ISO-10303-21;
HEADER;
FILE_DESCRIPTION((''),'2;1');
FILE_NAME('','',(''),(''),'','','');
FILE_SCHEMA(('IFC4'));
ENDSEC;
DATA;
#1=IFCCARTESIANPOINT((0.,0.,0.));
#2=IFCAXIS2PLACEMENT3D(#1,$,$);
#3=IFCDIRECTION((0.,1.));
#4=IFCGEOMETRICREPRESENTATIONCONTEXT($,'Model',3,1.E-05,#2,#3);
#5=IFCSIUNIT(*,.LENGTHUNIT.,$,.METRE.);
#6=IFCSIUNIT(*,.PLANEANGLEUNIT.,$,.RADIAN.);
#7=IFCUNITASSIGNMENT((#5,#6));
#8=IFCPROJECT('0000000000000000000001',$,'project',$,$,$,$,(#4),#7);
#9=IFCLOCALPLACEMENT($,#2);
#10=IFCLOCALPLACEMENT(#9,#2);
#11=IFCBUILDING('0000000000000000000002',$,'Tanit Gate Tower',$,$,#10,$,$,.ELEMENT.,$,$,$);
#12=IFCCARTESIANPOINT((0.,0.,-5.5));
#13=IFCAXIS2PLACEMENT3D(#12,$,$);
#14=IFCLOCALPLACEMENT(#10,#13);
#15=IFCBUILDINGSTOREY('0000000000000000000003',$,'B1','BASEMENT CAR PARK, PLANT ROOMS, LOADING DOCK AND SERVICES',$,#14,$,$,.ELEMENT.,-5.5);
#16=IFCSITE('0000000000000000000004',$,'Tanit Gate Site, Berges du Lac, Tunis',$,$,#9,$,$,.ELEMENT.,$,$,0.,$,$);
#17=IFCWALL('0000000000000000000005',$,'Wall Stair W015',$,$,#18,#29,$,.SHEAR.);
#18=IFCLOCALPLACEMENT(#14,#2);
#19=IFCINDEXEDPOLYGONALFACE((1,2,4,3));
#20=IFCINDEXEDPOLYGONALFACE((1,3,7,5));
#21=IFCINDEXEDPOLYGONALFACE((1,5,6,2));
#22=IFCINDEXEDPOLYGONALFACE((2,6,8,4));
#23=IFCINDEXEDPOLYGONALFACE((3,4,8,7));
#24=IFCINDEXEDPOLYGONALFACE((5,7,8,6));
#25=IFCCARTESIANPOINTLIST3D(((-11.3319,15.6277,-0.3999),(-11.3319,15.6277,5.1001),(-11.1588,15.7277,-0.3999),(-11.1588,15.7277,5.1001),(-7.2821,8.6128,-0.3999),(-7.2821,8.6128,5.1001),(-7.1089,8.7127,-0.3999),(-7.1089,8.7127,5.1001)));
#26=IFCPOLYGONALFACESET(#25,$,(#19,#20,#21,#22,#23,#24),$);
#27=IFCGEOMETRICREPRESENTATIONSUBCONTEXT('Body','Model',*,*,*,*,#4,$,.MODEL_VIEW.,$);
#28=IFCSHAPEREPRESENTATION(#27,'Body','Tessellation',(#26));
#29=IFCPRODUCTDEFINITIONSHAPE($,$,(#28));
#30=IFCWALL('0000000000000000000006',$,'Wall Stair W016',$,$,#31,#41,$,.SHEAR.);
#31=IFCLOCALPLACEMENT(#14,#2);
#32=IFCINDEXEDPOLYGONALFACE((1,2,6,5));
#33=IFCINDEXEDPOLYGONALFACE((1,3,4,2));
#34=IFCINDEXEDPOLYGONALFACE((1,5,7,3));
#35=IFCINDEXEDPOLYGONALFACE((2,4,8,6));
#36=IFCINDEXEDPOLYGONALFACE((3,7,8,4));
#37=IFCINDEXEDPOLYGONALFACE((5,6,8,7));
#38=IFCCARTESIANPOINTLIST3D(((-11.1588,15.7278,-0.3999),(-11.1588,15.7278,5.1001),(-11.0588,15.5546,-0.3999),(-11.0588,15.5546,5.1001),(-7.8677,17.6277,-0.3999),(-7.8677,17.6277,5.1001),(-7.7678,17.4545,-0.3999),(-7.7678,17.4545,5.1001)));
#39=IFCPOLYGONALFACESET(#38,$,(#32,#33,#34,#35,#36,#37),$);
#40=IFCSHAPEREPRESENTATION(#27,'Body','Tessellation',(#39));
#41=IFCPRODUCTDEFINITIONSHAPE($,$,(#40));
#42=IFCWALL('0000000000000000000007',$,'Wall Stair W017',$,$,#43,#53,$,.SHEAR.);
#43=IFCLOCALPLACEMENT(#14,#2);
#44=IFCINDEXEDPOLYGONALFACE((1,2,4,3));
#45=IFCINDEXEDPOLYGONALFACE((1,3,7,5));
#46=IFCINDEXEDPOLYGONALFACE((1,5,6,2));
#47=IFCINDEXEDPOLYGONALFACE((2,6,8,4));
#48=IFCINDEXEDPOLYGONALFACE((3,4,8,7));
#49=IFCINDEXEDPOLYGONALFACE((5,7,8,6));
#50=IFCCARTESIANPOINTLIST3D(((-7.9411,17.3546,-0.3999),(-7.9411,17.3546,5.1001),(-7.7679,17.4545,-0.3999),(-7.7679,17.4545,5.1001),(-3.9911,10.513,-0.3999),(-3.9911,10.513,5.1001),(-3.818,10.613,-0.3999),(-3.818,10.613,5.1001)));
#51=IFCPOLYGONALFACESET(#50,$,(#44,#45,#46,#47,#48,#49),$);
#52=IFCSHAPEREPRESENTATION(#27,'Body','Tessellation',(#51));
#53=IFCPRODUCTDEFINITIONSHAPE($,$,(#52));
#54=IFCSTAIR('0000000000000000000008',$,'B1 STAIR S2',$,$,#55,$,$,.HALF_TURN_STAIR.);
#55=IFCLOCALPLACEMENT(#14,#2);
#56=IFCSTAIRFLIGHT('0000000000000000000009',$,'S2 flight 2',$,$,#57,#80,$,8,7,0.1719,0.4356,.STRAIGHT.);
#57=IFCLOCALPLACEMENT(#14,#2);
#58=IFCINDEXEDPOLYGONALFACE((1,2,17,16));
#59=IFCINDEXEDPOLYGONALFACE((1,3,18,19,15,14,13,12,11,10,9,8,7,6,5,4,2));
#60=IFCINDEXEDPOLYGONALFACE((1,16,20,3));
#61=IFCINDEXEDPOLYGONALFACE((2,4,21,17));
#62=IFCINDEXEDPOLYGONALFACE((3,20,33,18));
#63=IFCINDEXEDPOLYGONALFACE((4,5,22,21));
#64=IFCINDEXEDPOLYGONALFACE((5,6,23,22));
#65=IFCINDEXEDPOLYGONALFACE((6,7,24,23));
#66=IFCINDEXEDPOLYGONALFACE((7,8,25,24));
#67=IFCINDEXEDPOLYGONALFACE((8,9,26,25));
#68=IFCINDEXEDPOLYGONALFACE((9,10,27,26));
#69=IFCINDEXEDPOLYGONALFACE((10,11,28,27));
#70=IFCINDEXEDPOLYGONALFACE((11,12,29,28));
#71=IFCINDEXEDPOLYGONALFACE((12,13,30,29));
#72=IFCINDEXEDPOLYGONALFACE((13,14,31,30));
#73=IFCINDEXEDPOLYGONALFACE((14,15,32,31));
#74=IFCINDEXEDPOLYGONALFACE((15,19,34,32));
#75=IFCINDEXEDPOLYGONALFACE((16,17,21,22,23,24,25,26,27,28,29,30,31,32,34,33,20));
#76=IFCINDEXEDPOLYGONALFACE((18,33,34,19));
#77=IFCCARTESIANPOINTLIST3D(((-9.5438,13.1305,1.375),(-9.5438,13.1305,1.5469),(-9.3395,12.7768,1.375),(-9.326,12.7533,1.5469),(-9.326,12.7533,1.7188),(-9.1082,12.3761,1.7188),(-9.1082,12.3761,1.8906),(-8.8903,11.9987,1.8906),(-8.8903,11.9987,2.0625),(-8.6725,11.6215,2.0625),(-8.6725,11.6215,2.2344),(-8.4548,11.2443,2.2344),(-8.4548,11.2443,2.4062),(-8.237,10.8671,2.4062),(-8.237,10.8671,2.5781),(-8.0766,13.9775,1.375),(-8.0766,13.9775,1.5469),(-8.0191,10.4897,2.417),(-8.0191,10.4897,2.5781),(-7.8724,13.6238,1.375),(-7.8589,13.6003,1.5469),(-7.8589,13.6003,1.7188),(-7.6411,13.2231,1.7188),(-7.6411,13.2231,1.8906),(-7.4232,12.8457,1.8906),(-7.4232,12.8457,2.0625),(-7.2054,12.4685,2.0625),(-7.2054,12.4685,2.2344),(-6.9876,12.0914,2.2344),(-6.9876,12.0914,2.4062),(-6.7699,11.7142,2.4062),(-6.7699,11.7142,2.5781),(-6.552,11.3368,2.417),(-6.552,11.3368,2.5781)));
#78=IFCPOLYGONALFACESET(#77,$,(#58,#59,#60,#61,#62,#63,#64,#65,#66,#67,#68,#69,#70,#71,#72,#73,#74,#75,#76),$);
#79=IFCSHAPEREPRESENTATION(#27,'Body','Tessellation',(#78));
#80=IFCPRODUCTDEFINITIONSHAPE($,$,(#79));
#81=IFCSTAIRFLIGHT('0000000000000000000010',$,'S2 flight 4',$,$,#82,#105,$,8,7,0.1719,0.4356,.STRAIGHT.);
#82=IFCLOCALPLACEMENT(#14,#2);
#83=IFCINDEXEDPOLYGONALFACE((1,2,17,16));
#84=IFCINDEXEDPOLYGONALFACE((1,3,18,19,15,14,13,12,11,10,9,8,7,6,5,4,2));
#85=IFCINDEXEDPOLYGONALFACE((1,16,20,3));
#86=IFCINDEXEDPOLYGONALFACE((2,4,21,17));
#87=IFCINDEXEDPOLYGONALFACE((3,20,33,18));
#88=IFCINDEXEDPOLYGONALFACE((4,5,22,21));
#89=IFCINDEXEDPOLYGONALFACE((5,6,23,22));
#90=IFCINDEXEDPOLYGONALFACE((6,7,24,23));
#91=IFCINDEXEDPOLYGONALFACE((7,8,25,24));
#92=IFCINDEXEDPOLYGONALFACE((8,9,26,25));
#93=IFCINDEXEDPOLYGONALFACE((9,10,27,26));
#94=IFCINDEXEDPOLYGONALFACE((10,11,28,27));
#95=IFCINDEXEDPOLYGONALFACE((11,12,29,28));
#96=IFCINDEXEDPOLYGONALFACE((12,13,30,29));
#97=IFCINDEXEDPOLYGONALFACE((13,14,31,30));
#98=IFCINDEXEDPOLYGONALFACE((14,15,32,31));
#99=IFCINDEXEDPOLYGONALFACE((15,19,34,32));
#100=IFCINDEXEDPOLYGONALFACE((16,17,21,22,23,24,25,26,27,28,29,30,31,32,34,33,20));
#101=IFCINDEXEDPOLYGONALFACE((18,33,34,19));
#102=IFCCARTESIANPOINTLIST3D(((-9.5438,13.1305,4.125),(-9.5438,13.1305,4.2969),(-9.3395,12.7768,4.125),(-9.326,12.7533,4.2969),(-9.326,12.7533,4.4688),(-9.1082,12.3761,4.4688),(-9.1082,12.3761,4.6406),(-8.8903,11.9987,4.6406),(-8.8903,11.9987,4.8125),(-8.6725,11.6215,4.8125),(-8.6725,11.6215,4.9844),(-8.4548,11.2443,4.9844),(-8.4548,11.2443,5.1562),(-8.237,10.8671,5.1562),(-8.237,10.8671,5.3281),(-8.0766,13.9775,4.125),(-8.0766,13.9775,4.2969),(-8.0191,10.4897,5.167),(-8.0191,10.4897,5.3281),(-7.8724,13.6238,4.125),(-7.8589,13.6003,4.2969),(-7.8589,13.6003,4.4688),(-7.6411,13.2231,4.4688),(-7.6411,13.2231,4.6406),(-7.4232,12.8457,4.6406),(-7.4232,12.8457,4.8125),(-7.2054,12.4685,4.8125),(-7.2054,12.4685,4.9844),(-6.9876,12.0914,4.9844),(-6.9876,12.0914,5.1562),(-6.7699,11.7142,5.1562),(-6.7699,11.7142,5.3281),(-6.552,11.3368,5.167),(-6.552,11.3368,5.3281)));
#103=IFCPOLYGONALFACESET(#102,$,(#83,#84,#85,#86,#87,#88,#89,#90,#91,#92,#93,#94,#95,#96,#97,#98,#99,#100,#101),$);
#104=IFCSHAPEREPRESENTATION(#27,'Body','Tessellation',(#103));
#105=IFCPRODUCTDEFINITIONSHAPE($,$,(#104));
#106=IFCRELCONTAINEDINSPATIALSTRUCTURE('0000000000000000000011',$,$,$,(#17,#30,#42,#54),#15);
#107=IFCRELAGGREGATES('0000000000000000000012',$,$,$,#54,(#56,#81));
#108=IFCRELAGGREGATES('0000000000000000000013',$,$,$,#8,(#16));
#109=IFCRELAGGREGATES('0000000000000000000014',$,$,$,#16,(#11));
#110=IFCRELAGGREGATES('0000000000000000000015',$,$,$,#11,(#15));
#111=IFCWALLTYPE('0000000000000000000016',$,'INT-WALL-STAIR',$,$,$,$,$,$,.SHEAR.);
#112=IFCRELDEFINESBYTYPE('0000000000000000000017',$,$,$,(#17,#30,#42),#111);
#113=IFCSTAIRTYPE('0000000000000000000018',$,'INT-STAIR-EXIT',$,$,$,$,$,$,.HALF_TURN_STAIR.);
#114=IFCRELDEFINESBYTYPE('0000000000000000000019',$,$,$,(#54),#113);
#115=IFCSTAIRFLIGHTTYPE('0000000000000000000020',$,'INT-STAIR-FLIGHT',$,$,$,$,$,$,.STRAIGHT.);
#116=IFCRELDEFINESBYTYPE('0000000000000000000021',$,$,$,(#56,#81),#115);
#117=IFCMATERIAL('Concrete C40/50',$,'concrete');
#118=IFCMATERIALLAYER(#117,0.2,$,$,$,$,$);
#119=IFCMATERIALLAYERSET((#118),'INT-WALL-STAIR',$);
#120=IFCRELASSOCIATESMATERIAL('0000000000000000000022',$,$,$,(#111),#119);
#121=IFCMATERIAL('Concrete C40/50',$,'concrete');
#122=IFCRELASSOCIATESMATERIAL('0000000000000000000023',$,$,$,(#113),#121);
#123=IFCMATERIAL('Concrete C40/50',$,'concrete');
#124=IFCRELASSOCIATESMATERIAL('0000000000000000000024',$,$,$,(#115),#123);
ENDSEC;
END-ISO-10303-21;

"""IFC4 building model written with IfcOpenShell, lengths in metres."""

from ifc_helpers import new_model, si_unit, direction, frame, frame_2d, origin, place, context, subcontext, project, spatial, polyline, rectangle, outline, extrude, material, layer, layer_set, type_object, element, aggregate, save


model = new_model("IFC4")

# Units and contexts
model_context = context("Model", 3, precision=1e-05, world=origin(), true_north=direction((0.0, 1.0)))
body_context = subcontext(model_context, "Body", "Model", "MODEL_VIEW")
ifc_project = project(units=[si_unit("LENGTHUNIT", "METRE"), si_unit("PLANEANGLEUNIT", "RADIAN")], contexts=[model_context])

# Site, building, storey
site_placement = place(None, origin())
site = spatial("IfcSite", under=ifc_project, at=site_placement, Name="Tanit Gate Site, Berges du Lac, Tunis", CompositionType="ELEMENT", RefElevation=0.0)
building_placement = place(site_placement, origin())
building = spatial("IfcBuilding", under=site, at=building_placement, Name="Tanit Gate Tower", CompositionType="ELEMENT")
storey_placement = place(building_placement, frame((0.0, 0.0, -5.5)))
storey = spatial("IfcBuildingStorey", under=building, at=storey_placement, Name="B1", Description="BASEMENT CAR PARK, PLANT ROOMS, LOADING DOCK AND SERVICES", CompositionType="ELEMENT", Elevation=-5.5)

# Walls
ifc_material_1 = material(Name="Concrete C40/50", Category="concrete")
ifc_layer_1 = layer(ifc_material_1, 0.2)
ifc_layer_set_1 = layer_set([ifc_layer_1], Name="INT-WALL-STAIR")
wall_type_1 = type_object("IfcWallType", Name="INT-WALL-STAIR", PredefinedType="SHEAR", material=ifc_layer_set_1)
wall_1_placement = place(storey_placement, frame((-11.2454, 15.6777, -0.3999), z_axis=(0.0, 0.0, 1.0), x_axis=(0.499977, -0.866039, 0.0)))
element("IfcWall", 1, at=wall_1_placement, inside=storey, type_object=wall_type_1, Name="Wall Stair W015", PredefinedType="SHEAR", context=body_context, shape_type="SweptSolid", body=[
    extrude(rectangle(XDim=8.1001, YDim=0.2, at=frame_2d((4.05, 0.0))), origin(), (0.0, 0.0, 1.0), 5.5),
])
wall_2_placement = place(storey_placement, frame((-7.8179, 17.541, -0.3999), z_axis=(0.0, 0.0, 1.0), x_axis=(-0.866044, -0.499967, 0.0)))
element("IfcWall", 2, at=wall_2_placement, inside=storey, type_object=wall_type_1, Name="Wall Stair W016", PredefinedType="SHEAR", context=body_context, shape_type="SweptSolid", body=[
    extrude(rectangle(XDim=3.8, YDim=0.2, at=frame_2d((1.8999, 0.0))), origin(), (0.0, 0.0, 1.0), 5.5),
])
wall_3_placement = place(storey_placement, frame((-7.8545, 17.4045, -0.3999), z_axis=(0.0, 0.0, 1.0), x_axis=(0.499998, -0.866027, 0.0)))
element("IfcWall", 3, at=wall_3_placement, inside=storey, type_object=wall_type_1, Name="Wall Stair W017", PredefinedType="SHEAR", context=body_context, shape_type="SweptSolid", body=[
    extrude(rectangle(XDim=7.8999, YDim=0.2, at=frame_2d((3.95, 0.0))), origin(), (0.0, 0.0, 1.0), 5.5),
])

# Stair, stair flights
ifc_material_2 = material(Name="Concrete C40/50", Category="concrete")
stair_type = type_object("IfcStairType", Name="INT-STAIR-EXIT", PredefinedType="HALF_TURN_STAIR", material=ifc_material_2)
stair_placement = place(storey_placement, origin())
stair = element("IfcStair", 4, at=stair_placement, inside=storey, type_object=stair_type, Name="B1 STAIR S2", PredefinedType="HALF_TURN_STAIR")
ifc_material_3 = material(Name="Concrete C40/50", Category="concrete")
stair_flight_type = type_object("IfcStairFlightType", Name="INT-STAIR-FLIGHT", PredefinedType="STRAIGHT", material=ifc_material_3)
stair_flight_1_placement = place(storey_placement, frame((-8.8103, 13.554, 1.375), z_axis=(0.0, 0.0, 1.0), x_axis=(0.5, -0.866025, 0.0)))
stair_flight_1 = element("IfcStairFlight", 5, at=stair_flight_1_placement, type_object=stair_flight_type, Name="S2 flight 2", NumberOfRisers=8, NumberOfTreads=7, PredefinedType="STRAIGHT", RiserHeight=0.1719, TreadLength=0.4356, context=body_context, shape_type="SweptSolid", body=[
    extrude(outline(polyline([(0.0, 0.0), (0.0, 0.1719), (0.4355, 0.1719), (0.4355, 0.3438), (0.8711, 0.3438), (0.8711, 0.5156), (1.3069, 0.5156), (1.3069, 0.6875), (1.7424, 0.6875), (1.7424, 0.8594), (2.178, 0.8594), (2.178, 1.0312), (2.6135, 1.0312), (2.6135, 1.2031), (3.0493, 1.2031), (3.0493, 1.375), (3.0493, 1.042), (0.4084, 0.0), (0.0, 0.0)])), frame((0.0, 0.8472, 0.0), z_axis=(0.0, -1.0, 0.0), x_axis=(1.0, 0.0, 0.0)), (0.0, 0.0, 1.0), 1.6941),
])
stair_flight_2_placement = place(storey_placement, frame((-8.8103, 13.554, 4.125), z_axis=(0.0, 0.0, 1.0), x_axis=(0.5, -0.866025, 0.0)))
stair_flight_2 = element("IfcStairFlight", 6, at=stair_flight_2_placement, type_object=stair_flight_type, Name="S2 flight 4", NumberOfRisers=8, NumberOfTreads=7, PredefinedType="STRAIGHT", RiserHeight=0.1719, TreadLength=0.4356, context=body_context, shape_type="SweptSolid", body=[
    extrude(outline(polyline([(0.0, 0.0), (0.0, 0.1719), (0.4355, 0.1719), (0.4355, 0.3438), (0.8711, 0.3438), (0.8711, 0.5156), (1.3069, 0.5156), (1.3069, 0.6875), (1.7424, 0.6875), (1.7424, 0.8594), (2.178, 0.8594), (2.178, 1.0312), (2.6135, 1.0312), (2.6135, 1.2031), (3.0493, 1.2031), (3.0493, 1.375), (3.0493, 1.042), (0.4084, 0.0), (0.0, 0.0)])), frame((0.0, 0.8472, 0.0), z_axis=(0.0, -1.0, 0.0), x_axis=(1.0, 0.0, 0.0)), (0.0, 0.0, 1.0), 1.6941),
])
aggregate(stair, [stair_flight_1, stair_flight_2])

save(model, "model.ifc")
